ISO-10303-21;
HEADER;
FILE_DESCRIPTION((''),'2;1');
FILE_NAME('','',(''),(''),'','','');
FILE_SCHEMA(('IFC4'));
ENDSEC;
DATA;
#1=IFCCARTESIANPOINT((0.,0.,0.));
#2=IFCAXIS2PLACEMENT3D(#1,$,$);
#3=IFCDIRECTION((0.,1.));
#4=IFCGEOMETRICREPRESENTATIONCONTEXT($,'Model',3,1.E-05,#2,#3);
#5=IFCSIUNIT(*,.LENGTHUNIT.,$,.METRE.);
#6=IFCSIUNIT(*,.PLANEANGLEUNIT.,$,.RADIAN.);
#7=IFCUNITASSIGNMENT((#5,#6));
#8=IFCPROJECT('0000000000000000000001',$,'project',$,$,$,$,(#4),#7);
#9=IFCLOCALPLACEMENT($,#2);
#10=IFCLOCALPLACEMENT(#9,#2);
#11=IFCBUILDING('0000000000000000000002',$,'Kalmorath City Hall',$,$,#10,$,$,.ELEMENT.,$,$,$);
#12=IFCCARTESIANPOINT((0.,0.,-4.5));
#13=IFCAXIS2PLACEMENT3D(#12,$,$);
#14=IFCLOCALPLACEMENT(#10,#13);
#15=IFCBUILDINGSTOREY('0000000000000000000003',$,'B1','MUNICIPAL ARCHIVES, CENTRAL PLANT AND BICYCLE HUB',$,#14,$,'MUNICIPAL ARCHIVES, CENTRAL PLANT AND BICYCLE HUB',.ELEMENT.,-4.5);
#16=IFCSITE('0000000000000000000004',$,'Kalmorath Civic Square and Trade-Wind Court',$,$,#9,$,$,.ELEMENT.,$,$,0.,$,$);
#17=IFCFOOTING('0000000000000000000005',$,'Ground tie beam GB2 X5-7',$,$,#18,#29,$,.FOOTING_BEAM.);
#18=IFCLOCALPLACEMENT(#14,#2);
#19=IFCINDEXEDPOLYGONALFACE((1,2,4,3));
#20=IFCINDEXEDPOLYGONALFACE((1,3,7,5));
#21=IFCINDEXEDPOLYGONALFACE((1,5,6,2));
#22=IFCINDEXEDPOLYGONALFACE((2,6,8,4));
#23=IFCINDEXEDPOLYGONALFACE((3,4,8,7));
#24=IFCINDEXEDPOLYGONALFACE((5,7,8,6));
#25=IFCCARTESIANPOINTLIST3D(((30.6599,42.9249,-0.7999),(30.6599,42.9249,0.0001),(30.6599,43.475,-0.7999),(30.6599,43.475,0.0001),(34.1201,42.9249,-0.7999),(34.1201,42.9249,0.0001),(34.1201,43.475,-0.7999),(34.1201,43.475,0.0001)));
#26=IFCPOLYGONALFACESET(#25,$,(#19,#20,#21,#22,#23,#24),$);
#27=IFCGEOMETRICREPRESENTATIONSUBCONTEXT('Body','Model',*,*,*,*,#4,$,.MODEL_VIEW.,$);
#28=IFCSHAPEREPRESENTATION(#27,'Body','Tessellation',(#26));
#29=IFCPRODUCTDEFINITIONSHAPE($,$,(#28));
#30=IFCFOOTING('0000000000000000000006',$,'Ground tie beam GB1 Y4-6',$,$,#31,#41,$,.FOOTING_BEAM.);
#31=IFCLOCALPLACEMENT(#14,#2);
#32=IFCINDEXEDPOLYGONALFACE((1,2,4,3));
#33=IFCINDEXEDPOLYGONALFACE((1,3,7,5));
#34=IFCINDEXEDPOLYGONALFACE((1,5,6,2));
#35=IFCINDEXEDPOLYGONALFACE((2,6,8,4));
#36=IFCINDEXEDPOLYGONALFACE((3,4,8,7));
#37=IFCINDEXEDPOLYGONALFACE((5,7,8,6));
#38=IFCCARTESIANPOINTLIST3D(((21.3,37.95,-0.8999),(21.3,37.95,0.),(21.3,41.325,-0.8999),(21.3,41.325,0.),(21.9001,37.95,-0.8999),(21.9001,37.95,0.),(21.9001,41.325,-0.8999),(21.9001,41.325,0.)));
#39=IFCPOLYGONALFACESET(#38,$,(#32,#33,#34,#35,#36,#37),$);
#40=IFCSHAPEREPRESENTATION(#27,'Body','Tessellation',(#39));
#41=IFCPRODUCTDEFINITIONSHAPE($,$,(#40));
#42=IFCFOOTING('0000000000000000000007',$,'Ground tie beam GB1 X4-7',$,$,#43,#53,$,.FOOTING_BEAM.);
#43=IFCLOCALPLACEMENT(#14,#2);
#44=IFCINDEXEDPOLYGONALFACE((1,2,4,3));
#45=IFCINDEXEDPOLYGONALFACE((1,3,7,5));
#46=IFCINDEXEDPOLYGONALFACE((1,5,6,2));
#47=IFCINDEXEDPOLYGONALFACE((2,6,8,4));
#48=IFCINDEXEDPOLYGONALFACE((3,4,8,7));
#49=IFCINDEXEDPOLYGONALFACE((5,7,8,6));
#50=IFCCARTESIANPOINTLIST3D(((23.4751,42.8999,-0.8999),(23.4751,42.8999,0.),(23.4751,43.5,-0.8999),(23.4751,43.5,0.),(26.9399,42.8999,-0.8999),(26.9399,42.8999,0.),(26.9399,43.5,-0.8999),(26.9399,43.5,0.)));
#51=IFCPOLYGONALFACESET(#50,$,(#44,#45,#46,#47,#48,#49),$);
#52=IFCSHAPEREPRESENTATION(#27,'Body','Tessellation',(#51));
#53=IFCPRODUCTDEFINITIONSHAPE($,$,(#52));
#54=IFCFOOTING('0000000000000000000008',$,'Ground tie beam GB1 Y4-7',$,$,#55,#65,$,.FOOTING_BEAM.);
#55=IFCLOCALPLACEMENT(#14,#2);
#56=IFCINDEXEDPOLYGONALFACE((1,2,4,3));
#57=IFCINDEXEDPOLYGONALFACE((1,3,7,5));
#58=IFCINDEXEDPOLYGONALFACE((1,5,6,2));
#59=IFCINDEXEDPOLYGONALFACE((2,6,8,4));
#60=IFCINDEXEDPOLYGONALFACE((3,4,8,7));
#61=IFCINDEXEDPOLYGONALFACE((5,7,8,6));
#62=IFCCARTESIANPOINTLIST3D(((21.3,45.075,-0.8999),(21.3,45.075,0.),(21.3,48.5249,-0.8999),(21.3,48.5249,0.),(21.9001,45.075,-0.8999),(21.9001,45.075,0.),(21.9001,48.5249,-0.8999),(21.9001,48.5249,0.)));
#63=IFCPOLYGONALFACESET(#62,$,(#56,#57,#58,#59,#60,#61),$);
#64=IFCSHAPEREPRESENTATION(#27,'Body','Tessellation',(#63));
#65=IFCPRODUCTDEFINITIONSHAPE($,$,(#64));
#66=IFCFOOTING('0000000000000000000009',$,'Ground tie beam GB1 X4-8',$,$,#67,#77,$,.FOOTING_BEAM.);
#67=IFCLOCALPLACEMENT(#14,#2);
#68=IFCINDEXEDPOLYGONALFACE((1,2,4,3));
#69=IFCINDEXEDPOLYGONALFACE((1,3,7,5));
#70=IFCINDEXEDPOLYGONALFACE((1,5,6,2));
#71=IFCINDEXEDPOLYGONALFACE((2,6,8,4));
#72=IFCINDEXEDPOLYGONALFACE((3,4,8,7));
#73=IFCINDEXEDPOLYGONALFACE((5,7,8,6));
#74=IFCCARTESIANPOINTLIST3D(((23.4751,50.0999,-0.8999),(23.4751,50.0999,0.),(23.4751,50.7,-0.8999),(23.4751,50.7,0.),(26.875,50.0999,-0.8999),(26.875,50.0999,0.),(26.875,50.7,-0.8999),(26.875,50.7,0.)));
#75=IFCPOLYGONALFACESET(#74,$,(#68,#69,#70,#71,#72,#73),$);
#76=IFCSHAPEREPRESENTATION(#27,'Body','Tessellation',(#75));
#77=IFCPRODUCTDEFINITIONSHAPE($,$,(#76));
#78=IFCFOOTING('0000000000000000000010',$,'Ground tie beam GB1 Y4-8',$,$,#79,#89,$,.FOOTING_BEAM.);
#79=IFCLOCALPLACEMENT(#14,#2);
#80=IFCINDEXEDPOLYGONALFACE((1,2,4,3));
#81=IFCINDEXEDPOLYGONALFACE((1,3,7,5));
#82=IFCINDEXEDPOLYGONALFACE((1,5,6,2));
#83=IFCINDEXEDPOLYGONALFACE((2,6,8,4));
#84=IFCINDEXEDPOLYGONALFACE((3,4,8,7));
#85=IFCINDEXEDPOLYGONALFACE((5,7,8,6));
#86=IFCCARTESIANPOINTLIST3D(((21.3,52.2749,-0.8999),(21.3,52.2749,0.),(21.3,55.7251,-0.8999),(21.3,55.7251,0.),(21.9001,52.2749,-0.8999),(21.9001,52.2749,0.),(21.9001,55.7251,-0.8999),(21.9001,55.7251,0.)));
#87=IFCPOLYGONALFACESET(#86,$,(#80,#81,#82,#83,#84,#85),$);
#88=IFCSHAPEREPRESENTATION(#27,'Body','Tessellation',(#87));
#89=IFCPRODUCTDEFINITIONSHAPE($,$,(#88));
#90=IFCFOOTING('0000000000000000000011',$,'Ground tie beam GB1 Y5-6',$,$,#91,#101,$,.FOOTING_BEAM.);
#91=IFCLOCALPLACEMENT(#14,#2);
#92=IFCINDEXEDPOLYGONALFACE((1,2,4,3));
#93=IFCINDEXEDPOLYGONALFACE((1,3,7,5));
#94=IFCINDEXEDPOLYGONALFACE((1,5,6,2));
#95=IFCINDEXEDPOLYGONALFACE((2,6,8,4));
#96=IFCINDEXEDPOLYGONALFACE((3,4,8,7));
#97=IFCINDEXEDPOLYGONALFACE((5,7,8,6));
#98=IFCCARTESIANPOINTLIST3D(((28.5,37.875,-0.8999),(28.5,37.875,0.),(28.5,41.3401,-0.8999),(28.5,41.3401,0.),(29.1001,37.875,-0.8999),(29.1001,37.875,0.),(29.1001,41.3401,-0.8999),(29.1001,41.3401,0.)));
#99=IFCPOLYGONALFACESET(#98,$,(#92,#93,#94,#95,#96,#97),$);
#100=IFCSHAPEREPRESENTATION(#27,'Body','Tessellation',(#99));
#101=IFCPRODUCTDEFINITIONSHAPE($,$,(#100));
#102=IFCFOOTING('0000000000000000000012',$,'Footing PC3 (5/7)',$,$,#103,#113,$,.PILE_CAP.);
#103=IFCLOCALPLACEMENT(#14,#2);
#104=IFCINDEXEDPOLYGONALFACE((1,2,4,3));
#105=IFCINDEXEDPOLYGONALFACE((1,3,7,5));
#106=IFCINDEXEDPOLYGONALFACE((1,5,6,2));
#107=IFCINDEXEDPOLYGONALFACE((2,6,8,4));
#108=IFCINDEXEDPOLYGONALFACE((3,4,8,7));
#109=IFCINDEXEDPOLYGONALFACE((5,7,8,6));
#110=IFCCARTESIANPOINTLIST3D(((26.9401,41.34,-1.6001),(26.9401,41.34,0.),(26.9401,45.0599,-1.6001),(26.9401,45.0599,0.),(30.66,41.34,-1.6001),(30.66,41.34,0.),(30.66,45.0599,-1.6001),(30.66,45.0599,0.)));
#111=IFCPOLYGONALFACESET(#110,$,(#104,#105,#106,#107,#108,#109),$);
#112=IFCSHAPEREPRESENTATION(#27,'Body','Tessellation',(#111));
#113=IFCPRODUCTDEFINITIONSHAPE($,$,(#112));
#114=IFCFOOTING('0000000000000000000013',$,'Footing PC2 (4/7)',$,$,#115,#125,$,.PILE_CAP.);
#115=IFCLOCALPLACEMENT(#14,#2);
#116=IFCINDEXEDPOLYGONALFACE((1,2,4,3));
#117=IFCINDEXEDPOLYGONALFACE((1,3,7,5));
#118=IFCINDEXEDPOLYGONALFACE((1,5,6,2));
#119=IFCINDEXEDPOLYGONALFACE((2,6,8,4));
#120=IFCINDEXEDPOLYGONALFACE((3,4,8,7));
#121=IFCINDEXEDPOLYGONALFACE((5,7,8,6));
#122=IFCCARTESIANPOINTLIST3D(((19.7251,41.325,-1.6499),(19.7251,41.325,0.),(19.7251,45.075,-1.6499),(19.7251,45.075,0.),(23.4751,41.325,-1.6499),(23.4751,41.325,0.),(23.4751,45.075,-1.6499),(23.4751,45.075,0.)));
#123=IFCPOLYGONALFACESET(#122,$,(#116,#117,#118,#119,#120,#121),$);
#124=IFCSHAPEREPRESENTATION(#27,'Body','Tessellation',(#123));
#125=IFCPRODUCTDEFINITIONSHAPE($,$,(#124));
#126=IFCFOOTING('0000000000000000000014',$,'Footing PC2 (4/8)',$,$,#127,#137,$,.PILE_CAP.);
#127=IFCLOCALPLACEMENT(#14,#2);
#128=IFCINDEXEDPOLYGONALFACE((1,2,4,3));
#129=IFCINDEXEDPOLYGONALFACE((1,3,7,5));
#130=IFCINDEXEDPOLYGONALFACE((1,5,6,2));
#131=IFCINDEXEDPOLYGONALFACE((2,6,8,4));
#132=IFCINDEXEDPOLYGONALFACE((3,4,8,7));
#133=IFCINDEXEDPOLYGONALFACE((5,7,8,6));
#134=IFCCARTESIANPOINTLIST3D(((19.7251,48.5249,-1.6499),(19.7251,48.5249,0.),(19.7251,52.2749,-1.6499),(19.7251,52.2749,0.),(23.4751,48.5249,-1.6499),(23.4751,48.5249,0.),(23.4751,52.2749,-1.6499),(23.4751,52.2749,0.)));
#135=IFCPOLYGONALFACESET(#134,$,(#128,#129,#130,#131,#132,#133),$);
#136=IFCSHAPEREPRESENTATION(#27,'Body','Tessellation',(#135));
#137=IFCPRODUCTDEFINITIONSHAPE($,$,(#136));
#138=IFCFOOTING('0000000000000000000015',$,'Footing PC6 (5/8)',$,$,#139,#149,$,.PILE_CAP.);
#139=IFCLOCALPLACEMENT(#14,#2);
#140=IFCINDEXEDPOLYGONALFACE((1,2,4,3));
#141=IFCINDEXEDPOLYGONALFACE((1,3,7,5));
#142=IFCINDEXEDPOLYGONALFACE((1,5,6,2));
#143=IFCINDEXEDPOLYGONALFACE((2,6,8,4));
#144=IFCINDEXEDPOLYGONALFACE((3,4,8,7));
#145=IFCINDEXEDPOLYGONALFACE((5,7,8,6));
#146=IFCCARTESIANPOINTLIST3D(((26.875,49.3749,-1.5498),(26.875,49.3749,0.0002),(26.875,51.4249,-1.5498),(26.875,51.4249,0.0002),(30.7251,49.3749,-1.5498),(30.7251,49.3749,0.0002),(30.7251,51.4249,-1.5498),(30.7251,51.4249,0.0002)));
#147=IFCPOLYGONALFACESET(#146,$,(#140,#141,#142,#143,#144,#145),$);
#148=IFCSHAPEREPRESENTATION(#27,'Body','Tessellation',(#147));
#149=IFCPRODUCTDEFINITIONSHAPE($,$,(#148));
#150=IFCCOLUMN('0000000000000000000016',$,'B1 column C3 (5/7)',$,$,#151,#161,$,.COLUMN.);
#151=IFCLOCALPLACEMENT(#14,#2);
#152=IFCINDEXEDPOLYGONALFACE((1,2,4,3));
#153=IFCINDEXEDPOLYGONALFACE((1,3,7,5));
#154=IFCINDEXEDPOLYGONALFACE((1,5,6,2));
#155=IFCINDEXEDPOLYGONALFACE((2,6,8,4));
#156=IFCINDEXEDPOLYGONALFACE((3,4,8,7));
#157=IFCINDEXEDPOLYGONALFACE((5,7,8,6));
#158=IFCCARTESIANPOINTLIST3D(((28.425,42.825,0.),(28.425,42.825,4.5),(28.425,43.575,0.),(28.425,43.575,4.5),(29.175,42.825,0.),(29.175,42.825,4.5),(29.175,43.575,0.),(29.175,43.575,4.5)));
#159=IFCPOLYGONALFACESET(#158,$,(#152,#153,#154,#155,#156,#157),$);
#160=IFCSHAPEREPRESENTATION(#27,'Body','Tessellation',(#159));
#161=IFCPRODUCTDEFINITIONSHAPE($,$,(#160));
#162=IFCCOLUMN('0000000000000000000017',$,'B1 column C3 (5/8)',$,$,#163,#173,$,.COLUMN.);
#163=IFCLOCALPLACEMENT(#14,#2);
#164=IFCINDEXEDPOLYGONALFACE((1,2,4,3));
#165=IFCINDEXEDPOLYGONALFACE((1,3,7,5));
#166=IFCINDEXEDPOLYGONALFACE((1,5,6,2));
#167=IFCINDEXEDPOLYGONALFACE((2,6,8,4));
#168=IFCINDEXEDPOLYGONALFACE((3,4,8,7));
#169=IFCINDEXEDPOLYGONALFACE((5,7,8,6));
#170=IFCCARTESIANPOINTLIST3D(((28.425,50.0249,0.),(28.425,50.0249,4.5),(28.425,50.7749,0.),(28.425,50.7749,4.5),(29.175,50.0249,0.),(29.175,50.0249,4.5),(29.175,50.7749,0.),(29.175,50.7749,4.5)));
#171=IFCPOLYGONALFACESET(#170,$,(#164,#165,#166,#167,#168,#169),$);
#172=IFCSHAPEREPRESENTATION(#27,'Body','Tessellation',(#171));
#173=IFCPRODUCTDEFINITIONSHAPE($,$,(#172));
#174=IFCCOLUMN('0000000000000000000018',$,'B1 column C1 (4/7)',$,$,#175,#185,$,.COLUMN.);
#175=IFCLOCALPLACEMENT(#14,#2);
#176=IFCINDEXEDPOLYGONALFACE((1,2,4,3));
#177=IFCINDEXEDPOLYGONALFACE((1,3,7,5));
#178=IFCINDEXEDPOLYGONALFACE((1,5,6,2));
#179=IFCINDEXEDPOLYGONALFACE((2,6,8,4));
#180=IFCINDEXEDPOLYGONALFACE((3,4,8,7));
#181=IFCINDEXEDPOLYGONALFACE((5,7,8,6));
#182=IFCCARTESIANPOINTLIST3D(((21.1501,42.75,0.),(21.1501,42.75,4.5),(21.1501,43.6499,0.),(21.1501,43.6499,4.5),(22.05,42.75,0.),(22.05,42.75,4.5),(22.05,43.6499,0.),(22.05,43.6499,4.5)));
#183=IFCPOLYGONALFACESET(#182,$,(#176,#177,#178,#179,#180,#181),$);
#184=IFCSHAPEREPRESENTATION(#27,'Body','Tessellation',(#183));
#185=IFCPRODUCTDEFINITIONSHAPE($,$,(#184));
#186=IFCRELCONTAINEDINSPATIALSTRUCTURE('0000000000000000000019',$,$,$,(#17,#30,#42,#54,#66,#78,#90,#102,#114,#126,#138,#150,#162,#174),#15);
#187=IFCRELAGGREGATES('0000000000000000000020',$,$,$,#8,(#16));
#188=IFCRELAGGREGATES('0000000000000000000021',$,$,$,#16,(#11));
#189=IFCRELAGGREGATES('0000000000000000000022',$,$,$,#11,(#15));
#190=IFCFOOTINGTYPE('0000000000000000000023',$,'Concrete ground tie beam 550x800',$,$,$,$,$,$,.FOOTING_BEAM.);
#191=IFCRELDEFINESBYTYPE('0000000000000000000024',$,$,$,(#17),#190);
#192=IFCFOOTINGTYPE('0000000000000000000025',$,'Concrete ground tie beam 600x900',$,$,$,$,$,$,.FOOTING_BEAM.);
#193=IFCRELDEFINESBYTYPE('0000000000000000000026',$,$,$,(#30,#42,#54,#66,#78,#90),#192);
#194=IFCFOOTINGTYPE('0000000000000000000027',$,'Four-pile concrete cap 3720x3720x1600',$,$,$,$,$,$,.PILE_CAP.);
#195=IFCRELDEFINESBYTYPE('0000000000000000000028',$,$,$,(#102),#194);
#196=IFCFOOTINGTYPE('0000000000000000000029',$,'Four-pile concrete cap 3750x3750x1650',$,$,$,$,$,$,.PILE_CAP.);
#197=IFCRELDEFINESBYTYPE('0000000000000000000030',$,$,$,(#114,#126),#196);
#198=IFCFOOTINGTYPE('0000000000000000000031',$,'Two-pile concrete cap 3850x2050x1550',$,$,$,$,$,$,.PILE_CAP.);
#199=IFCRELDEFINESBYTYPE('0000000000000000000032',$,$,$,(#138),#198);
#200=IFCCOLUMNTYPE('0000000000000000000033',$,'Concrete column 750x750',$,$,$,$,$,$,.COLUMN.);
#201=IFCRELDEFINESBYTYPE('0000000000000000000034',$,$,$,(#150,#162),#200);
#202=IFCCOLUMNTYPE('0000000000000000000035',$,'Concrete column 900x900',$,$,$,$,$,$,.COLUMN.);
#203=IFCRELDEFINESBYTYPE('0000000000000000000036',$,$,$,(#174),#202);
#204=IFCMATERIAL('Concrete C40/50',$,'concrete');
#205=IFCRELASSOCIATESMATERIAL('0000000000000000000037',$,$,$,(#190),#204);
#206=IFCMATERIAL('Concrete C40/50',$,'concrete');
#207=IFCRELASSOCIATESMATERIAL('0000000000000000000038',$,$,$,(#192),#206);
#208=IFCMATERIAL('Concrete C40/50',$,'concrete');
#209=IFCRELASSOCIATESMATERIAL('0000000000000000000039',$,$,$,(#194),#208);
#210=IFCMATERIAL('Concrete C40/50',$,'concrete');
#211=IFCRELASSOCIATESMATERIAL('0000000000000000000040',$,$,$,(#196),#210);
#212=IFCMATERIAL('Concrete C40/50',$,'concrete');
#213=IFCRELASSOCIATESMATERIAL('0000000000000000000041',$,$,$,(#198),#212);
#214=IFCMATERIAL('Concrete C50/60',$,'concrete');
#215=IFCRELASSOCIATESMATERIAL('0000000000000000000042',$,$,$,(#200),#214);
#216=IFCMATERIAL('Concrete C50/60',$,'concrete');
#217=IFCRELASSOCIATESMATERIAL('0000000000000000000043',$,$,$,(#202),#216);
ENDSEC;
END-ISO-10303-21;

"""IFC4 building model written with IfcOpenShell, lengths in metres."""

from ifc_helpers import new_model, si_unit, direction, frame, origin, origin_2d, place, context, subcontext, project, spatial, rectangle, extrude, material, material_profile, profile_set, type_object, element, save


model = new_model("IFC4")

# Units and contexts
model_context = context("Model", 3, precision=1e-05, world=origin(), true_north=direction((0.0, 1.0)))
body_context = subcontext(model_context, "Body", "Model", "MODEL_VIEW")
ifc_project = project(units=[si_unit("LENGTHUNIT", "METRE"), si_unit("PLANEANGLEUNIT", "RADIAN")], contexts=[model_context])

# Site, building, storey
site_placement = place(None, origin())
site = spatial("IfcSite", under=ifc_project, at=site_placement, Name="Kalmorath Civic Square and Trade-Wind Court", CompositionType="ELEMENT", RefElevation=0.0)
building_placement = place(site_placement, origin())
building = spatial("IfcBuilding", under=site, at=building_placement, Name="Kalmorath City Hall", CompositionType="ELEMENT")
storey_placement = place(building_placement, frame((0.0, 0.0, -4.5)))
storey = spatial("IfcBuildingStorey", under=building, at=storey_placement, Name="B1", Description="MUNICIPAL ARCHIVES, CENTRAL PLANT AND BICYCLE HUB", LongName="MUNICIPAL ARCHIVES, CENTRAL PLANT AND BICYCLE HUB", CompositionType="ELEMENT", Elevation=-4.5)

# Footings
ifc_material_1 = material(Name="Concrete C40/50", Category="concrete")
ifc_material_profile_1 = material_profile(ifc_material_1, rectangle(XDim=0.55, YDim=0.8, at=origin_2d()), Name="RC-BM-550X800")
ifc_profile_set_1 = profile_set([ifc_material_profile_1], Name="Concrete C40/50")
footing_type_1 = type_object("IfcFootingType", Name="Concrete ground tie beam 550x800", PredefinedType="FOOTING_BEAM", material=ifc_profile_set_1)
footing_1_placement = place(storey_placement, frame((30.6599, 43.2, -0.3999), z_axis=(1.0, 0.0, 0.0), x_axis=(0.0, 1.0, 0.0)))
element("IfcFooting", 1, at=footing_1_placement, inside=storey, type_object=footing_type_1, Name="Ground tie beam GB2 X5-7", PredefinedType="FOOTING_BEAM", context=body_context, shape_type="SweptSolid", body=[
    extrude(rectangle(XDim=0.55, YDim=0.8, at=origin_2d()), origin(), (0.0, 0.0, 1.0), 3.4602),
])
ifc_material_2 = material(Name="Concrete C40/50", Category="concrete")
ifc_material_profile_2 = material_profile(ifc_material_2, rectangle(XDim=0.6001, YDim=0.8999, at=origin_2d()), Name="RC-BM-600X900")
ifc_profile_set_2 = profile_set([ifc_material_profile_2], Name="Concrete C40/50")
footing_type_2 = type_object("IfcFootingType", Name="Concrete ground tie beam 600x900", PredefinedType="FOOTING_BEAM", material=ifc_profile_set_2)
footing_2_placement = place(storey_placement, frame((21.6001, 37.95, -0.45), z_axis=(0.0, 1.0, 0.0), x_axis=(-1.0, 0.0, 0.0)))
element("IfcFooting", 2, at=footing_2_placement, inside=storey, type_object=footing_type_2, Name="Ground tie beam GB1 Y4-6", PredefinedType="FOOTING_BEAM", context=body_context, shape_type="SweptSolid", body=[
    extrude(rectangle(XDim=0.6001, YDim=0.8999, at=origin_2d()), origin(), (0.0, 0.0, 1.0), 3.375),
])
footing_3_placement = place(storey_placement, frame((23.4751, 43.2, -0.45), z_axis=(1.0, 0.0, 0.0), x_axis=(0.0, 1.0, 0.0)))
element("IfcFooting", 3, at=footing_3_placement, inside=storey, type_object=footing_type_2, Name="Ground tie beam GB1 X4-7", PredefinedType="FOOTING_BEAM", context=body_context, shape_type="SweptSolid", body=[
    extrude(rectangle(XDim=0.6001, YDim=0.8999, at=origin_2d()), origin(), (0.0, 0.0, 1.0), 3.4648),
])
footing_4_placement = place(storey_placement, frame((21.6001, 45.075, -0.45), z_axis=(0.0, 1.0, 0.0), x_axis=(-1.0, 0.0, 0.0)))
element("IfcFooting", 4, at=footing_4_placement, inside=storey, type_object=footing_type_2, Name="Ground tie beam GB1 Y4-7", PredefinedType="FOOTING_BEAM", context=body_context, shape_type="SweptSolid", body=[
    extrude(rectangle(XDim=0.6001, YDim=0.8999, at=origin_2d()), origin(), (0.0, 0.0, 1.0), 3.45),
])
footing_5_placement = place(storey_placement, frame((23.4751, 50.3999, -0.45), z_axis=(1.0, 0.0, 0.0), x_axis=(0.0, 1.0, 0.0)))
element("IfcFooting", 5, at=footing_5_placement, inside=storey, type_object=footing_type_2, Name="Ground tie beam GB1 X4-8", PredefinedType="FOOTING_BEAM", context=body_context, shape_type="SweptSolid", body=[
    extrude(rectangle(XDim=0.6001, YDim=0.8999, at=origin_2d()), origin(), (0.0, 0.0, 1.0), 3.3999),
])
footing_6_placement = place(storey_placement, frame((21.6001, 52.2749, -0.45), z_axis=(0.0, 1.0, 0.0), x_axis=(-1.0, 0.0, 0.0)))
element("IfcFooting", 6, at=footing_6_placement, inside=storey, type_object=footing_type_2, Name="Ground tie beam GB1 Y4-8", PredefinedType="FOOTING_BEAM", context=body_context, shape_type="SweptSolid", body=[
    extrude(rectangle(XDim=0.6001, YDim=0.8999, at=origin_2d()), origin(), (0.0, 0.0, 1.0), 3.4502),
])
footing_7_placement = place(storey_placement, frame((28.8, 37.875, -0.45), z_axis=(0.0, 1.0, 0.0), x_axis=(-1.0, 0.0, 0.0)))
element("IfcFooting", 7, at=footing_7_placement, inside=storey, type_object=footing_type_2, Name="Ground tie beam GB1 Y5-6", PredefinedType="FOOTING_BEAM", context=body_context, shape_type="SweptSolid", body=[
    extrude(rectangle(XDim=0.6001, YDim=0.8999, at=origin_2d()), origin(), (0.0, 0.0, 1.0), 3.4651),
])
ifc_material_3 = material(Name="Concrete C40/50", Category="concrete")
footing_type_3 = type_object("IfcFootingType", Name="Four-pile concrete cap 3720x3720x1600", PredefinedType="PILE_CAP", material=ifc_material_3)
footing_8_placement = place(storey_placement, frame((28.8, 43.2, -1.6001), z_axis=(0.0, 0.0, 1.0), x_axis=(1.0, 0.0, 0.0)))
element("IfcFooting", 8, at=footing_8_placement, inside=storey, type_object=footing_type_3, Name="Footing PC3 (5/7)", PredefinedType="PILE_CAP", context=body_context, shape_type="SweptSolid", body=[
    extrude(rectangle(XDim=3.72, YDim=3.72, at=origin_2d()), origin(), (0.0, 0.0, 1.0), 1.6001),
])
ifc_material_4 = material(Name="Concrete C40/50", Category="concrete")
footing_type_4 = type_object("IfcFootingType", Name="Four-pile concrete cap 3750x3750x1650", PredefinedType="PILE_CAP", material=ifc_material_4)
for number, where, z_axis, x_axis, name in (
    (9, (21.6001, 43.2, -1.6499), (0.0, 0.0, 1.0), (1.0, 0.0, 0.0), "Footing PC2 (4/7)"),
    (10, (21.6001, 50.3999, -1.6499), (0.0, 0.0, 1.0), (1.0, 0.0, 0.0), "Footing PC2 (4/8)"),
):
    element("IfcFooting", number, at=place(storey_placement, frame(where, z_axis=z_axis, x_axis=x_axis)), inside=storey, type_object=footing_type_4, Name=name, PredefinedType="PILE_CAP", context=body_context, shape_type="SweptSolid", body=[
        extrude(rectangle(XDim=3.75, YDim=3.75, at=origin_2d()), origin(), (0.0, 0.0, 1.0), 1.6499),
    ])
ifc_material_5 = material(Name="Concrete C40/50", Category="concrete")
footing_type_5 = type_object("IfcFootingType", Name="Two-pile concrete cap 3850x2050x1550", PredefinedType="PILE_CAP", material=ifc_material_5)
footing_9_placement = place(storey_placement, frame((28.8, 50.3999, -1.5498), z_axis=(0.0, 0.0, 1.0), x_axis=(1.0, 0.0, 0.0)))
element("IfcFooting", 11, at=footing_9_placement, inside=storey, type_object=footing_type_5, Name="Footing PC6 (5/8)", PredefinedType="PILE_CAP", context=body_context, shape_type="SweptSolid", body=[
    extrude(rectangle(XDim=3.8501, YDim=2.05, at=origin_2d()), origin(), (0.0, 0.0, 1.0), 1.55),
])

# Columns
ifc_material_6 = material(Name="Concrete C50/60", Category="concrete")
ifc_material_profile_3 = material_profile(ifc_material_6, rectangle(XDim=0.75, YDim=0.75, at=origin_2d()), Name="RC-COL-750X750")
ifc_profile_set_3 = profile_set([ifc_material_profile_3], Name="Concrete C50/60")
column_type_1 = type_object("IfcColumnType", Name="Concrete column 750x750", PredefinedType="COLUMN", material=ifc_profile_set_3)
for number, where, z_axis, x_axis, name in (
    (12, (28.8, 43.2, 0.0), (0.0, 0.0, 1.0), (1.0, 0.0, 0.0), "B1 column C3 (5/7)"),
    (13, (28.8, 50.3999, 0.0), (0.0, 0.0, 1.0), (1.0, 0.0, 0.0), "B1 column C3 (5/8)"),
):
    element("IfcColumn", number, at=place(storey_placement, frame(where, z_axis=z_axis, x_axis=x_axis)), inside=storey, type_object=column_type_1, Name=name, PredefinedType="COLUMN", context=body_context, shape_type="SweptSolid", body=[
        extrude(rectangle(XDim=0.75, YDim=0.75, at=origin_2d()), origin(), (0.0, 0.0, 1.0), 4.5),
    ])
ifc_material_7 = material(Name="Concrete C50/60", Category="concrete")
ifc_material_profile_4 = material_profile(ifc_material_7, rectangle(XDim=0.8999, YDim=0.8999, at=origin_2d()), Name="RC-COL-900X900")
ifc_profile_set_4 = profile_set([ifc_material_profile_4], Name="Concrete C50/60")
column_type_2 = type_object("IfcColumnType", Name="Concrete column 900x900", PredefinedType="COLUMN", material=ifc_profile_set_4)
for number, where, z_axis, x_axis, name in (
    (14, (21.6001, 43.2, 0.0), (0.0, 0.0, 1.0), (1.0, 0.0, 0.0), "B1 column C1 (4/7)"),
):
    element("IfcColumn", number, at=place(storey_placement, frame(where, z_axis=z_axis, x_axis=x_axis)), inside=storey, type_object=column_type_2, Name=name, PredefinedType="COLUMN", context=body_context, shape_type="SweptSolid", body=[
        extrude(rectangle(XDim=0.8999, YDim=0.8999, at=origin_2d()), origin(), (0.0, 0.0, 1.0), 4.5),
    ])

save(model, "model.ifc")
